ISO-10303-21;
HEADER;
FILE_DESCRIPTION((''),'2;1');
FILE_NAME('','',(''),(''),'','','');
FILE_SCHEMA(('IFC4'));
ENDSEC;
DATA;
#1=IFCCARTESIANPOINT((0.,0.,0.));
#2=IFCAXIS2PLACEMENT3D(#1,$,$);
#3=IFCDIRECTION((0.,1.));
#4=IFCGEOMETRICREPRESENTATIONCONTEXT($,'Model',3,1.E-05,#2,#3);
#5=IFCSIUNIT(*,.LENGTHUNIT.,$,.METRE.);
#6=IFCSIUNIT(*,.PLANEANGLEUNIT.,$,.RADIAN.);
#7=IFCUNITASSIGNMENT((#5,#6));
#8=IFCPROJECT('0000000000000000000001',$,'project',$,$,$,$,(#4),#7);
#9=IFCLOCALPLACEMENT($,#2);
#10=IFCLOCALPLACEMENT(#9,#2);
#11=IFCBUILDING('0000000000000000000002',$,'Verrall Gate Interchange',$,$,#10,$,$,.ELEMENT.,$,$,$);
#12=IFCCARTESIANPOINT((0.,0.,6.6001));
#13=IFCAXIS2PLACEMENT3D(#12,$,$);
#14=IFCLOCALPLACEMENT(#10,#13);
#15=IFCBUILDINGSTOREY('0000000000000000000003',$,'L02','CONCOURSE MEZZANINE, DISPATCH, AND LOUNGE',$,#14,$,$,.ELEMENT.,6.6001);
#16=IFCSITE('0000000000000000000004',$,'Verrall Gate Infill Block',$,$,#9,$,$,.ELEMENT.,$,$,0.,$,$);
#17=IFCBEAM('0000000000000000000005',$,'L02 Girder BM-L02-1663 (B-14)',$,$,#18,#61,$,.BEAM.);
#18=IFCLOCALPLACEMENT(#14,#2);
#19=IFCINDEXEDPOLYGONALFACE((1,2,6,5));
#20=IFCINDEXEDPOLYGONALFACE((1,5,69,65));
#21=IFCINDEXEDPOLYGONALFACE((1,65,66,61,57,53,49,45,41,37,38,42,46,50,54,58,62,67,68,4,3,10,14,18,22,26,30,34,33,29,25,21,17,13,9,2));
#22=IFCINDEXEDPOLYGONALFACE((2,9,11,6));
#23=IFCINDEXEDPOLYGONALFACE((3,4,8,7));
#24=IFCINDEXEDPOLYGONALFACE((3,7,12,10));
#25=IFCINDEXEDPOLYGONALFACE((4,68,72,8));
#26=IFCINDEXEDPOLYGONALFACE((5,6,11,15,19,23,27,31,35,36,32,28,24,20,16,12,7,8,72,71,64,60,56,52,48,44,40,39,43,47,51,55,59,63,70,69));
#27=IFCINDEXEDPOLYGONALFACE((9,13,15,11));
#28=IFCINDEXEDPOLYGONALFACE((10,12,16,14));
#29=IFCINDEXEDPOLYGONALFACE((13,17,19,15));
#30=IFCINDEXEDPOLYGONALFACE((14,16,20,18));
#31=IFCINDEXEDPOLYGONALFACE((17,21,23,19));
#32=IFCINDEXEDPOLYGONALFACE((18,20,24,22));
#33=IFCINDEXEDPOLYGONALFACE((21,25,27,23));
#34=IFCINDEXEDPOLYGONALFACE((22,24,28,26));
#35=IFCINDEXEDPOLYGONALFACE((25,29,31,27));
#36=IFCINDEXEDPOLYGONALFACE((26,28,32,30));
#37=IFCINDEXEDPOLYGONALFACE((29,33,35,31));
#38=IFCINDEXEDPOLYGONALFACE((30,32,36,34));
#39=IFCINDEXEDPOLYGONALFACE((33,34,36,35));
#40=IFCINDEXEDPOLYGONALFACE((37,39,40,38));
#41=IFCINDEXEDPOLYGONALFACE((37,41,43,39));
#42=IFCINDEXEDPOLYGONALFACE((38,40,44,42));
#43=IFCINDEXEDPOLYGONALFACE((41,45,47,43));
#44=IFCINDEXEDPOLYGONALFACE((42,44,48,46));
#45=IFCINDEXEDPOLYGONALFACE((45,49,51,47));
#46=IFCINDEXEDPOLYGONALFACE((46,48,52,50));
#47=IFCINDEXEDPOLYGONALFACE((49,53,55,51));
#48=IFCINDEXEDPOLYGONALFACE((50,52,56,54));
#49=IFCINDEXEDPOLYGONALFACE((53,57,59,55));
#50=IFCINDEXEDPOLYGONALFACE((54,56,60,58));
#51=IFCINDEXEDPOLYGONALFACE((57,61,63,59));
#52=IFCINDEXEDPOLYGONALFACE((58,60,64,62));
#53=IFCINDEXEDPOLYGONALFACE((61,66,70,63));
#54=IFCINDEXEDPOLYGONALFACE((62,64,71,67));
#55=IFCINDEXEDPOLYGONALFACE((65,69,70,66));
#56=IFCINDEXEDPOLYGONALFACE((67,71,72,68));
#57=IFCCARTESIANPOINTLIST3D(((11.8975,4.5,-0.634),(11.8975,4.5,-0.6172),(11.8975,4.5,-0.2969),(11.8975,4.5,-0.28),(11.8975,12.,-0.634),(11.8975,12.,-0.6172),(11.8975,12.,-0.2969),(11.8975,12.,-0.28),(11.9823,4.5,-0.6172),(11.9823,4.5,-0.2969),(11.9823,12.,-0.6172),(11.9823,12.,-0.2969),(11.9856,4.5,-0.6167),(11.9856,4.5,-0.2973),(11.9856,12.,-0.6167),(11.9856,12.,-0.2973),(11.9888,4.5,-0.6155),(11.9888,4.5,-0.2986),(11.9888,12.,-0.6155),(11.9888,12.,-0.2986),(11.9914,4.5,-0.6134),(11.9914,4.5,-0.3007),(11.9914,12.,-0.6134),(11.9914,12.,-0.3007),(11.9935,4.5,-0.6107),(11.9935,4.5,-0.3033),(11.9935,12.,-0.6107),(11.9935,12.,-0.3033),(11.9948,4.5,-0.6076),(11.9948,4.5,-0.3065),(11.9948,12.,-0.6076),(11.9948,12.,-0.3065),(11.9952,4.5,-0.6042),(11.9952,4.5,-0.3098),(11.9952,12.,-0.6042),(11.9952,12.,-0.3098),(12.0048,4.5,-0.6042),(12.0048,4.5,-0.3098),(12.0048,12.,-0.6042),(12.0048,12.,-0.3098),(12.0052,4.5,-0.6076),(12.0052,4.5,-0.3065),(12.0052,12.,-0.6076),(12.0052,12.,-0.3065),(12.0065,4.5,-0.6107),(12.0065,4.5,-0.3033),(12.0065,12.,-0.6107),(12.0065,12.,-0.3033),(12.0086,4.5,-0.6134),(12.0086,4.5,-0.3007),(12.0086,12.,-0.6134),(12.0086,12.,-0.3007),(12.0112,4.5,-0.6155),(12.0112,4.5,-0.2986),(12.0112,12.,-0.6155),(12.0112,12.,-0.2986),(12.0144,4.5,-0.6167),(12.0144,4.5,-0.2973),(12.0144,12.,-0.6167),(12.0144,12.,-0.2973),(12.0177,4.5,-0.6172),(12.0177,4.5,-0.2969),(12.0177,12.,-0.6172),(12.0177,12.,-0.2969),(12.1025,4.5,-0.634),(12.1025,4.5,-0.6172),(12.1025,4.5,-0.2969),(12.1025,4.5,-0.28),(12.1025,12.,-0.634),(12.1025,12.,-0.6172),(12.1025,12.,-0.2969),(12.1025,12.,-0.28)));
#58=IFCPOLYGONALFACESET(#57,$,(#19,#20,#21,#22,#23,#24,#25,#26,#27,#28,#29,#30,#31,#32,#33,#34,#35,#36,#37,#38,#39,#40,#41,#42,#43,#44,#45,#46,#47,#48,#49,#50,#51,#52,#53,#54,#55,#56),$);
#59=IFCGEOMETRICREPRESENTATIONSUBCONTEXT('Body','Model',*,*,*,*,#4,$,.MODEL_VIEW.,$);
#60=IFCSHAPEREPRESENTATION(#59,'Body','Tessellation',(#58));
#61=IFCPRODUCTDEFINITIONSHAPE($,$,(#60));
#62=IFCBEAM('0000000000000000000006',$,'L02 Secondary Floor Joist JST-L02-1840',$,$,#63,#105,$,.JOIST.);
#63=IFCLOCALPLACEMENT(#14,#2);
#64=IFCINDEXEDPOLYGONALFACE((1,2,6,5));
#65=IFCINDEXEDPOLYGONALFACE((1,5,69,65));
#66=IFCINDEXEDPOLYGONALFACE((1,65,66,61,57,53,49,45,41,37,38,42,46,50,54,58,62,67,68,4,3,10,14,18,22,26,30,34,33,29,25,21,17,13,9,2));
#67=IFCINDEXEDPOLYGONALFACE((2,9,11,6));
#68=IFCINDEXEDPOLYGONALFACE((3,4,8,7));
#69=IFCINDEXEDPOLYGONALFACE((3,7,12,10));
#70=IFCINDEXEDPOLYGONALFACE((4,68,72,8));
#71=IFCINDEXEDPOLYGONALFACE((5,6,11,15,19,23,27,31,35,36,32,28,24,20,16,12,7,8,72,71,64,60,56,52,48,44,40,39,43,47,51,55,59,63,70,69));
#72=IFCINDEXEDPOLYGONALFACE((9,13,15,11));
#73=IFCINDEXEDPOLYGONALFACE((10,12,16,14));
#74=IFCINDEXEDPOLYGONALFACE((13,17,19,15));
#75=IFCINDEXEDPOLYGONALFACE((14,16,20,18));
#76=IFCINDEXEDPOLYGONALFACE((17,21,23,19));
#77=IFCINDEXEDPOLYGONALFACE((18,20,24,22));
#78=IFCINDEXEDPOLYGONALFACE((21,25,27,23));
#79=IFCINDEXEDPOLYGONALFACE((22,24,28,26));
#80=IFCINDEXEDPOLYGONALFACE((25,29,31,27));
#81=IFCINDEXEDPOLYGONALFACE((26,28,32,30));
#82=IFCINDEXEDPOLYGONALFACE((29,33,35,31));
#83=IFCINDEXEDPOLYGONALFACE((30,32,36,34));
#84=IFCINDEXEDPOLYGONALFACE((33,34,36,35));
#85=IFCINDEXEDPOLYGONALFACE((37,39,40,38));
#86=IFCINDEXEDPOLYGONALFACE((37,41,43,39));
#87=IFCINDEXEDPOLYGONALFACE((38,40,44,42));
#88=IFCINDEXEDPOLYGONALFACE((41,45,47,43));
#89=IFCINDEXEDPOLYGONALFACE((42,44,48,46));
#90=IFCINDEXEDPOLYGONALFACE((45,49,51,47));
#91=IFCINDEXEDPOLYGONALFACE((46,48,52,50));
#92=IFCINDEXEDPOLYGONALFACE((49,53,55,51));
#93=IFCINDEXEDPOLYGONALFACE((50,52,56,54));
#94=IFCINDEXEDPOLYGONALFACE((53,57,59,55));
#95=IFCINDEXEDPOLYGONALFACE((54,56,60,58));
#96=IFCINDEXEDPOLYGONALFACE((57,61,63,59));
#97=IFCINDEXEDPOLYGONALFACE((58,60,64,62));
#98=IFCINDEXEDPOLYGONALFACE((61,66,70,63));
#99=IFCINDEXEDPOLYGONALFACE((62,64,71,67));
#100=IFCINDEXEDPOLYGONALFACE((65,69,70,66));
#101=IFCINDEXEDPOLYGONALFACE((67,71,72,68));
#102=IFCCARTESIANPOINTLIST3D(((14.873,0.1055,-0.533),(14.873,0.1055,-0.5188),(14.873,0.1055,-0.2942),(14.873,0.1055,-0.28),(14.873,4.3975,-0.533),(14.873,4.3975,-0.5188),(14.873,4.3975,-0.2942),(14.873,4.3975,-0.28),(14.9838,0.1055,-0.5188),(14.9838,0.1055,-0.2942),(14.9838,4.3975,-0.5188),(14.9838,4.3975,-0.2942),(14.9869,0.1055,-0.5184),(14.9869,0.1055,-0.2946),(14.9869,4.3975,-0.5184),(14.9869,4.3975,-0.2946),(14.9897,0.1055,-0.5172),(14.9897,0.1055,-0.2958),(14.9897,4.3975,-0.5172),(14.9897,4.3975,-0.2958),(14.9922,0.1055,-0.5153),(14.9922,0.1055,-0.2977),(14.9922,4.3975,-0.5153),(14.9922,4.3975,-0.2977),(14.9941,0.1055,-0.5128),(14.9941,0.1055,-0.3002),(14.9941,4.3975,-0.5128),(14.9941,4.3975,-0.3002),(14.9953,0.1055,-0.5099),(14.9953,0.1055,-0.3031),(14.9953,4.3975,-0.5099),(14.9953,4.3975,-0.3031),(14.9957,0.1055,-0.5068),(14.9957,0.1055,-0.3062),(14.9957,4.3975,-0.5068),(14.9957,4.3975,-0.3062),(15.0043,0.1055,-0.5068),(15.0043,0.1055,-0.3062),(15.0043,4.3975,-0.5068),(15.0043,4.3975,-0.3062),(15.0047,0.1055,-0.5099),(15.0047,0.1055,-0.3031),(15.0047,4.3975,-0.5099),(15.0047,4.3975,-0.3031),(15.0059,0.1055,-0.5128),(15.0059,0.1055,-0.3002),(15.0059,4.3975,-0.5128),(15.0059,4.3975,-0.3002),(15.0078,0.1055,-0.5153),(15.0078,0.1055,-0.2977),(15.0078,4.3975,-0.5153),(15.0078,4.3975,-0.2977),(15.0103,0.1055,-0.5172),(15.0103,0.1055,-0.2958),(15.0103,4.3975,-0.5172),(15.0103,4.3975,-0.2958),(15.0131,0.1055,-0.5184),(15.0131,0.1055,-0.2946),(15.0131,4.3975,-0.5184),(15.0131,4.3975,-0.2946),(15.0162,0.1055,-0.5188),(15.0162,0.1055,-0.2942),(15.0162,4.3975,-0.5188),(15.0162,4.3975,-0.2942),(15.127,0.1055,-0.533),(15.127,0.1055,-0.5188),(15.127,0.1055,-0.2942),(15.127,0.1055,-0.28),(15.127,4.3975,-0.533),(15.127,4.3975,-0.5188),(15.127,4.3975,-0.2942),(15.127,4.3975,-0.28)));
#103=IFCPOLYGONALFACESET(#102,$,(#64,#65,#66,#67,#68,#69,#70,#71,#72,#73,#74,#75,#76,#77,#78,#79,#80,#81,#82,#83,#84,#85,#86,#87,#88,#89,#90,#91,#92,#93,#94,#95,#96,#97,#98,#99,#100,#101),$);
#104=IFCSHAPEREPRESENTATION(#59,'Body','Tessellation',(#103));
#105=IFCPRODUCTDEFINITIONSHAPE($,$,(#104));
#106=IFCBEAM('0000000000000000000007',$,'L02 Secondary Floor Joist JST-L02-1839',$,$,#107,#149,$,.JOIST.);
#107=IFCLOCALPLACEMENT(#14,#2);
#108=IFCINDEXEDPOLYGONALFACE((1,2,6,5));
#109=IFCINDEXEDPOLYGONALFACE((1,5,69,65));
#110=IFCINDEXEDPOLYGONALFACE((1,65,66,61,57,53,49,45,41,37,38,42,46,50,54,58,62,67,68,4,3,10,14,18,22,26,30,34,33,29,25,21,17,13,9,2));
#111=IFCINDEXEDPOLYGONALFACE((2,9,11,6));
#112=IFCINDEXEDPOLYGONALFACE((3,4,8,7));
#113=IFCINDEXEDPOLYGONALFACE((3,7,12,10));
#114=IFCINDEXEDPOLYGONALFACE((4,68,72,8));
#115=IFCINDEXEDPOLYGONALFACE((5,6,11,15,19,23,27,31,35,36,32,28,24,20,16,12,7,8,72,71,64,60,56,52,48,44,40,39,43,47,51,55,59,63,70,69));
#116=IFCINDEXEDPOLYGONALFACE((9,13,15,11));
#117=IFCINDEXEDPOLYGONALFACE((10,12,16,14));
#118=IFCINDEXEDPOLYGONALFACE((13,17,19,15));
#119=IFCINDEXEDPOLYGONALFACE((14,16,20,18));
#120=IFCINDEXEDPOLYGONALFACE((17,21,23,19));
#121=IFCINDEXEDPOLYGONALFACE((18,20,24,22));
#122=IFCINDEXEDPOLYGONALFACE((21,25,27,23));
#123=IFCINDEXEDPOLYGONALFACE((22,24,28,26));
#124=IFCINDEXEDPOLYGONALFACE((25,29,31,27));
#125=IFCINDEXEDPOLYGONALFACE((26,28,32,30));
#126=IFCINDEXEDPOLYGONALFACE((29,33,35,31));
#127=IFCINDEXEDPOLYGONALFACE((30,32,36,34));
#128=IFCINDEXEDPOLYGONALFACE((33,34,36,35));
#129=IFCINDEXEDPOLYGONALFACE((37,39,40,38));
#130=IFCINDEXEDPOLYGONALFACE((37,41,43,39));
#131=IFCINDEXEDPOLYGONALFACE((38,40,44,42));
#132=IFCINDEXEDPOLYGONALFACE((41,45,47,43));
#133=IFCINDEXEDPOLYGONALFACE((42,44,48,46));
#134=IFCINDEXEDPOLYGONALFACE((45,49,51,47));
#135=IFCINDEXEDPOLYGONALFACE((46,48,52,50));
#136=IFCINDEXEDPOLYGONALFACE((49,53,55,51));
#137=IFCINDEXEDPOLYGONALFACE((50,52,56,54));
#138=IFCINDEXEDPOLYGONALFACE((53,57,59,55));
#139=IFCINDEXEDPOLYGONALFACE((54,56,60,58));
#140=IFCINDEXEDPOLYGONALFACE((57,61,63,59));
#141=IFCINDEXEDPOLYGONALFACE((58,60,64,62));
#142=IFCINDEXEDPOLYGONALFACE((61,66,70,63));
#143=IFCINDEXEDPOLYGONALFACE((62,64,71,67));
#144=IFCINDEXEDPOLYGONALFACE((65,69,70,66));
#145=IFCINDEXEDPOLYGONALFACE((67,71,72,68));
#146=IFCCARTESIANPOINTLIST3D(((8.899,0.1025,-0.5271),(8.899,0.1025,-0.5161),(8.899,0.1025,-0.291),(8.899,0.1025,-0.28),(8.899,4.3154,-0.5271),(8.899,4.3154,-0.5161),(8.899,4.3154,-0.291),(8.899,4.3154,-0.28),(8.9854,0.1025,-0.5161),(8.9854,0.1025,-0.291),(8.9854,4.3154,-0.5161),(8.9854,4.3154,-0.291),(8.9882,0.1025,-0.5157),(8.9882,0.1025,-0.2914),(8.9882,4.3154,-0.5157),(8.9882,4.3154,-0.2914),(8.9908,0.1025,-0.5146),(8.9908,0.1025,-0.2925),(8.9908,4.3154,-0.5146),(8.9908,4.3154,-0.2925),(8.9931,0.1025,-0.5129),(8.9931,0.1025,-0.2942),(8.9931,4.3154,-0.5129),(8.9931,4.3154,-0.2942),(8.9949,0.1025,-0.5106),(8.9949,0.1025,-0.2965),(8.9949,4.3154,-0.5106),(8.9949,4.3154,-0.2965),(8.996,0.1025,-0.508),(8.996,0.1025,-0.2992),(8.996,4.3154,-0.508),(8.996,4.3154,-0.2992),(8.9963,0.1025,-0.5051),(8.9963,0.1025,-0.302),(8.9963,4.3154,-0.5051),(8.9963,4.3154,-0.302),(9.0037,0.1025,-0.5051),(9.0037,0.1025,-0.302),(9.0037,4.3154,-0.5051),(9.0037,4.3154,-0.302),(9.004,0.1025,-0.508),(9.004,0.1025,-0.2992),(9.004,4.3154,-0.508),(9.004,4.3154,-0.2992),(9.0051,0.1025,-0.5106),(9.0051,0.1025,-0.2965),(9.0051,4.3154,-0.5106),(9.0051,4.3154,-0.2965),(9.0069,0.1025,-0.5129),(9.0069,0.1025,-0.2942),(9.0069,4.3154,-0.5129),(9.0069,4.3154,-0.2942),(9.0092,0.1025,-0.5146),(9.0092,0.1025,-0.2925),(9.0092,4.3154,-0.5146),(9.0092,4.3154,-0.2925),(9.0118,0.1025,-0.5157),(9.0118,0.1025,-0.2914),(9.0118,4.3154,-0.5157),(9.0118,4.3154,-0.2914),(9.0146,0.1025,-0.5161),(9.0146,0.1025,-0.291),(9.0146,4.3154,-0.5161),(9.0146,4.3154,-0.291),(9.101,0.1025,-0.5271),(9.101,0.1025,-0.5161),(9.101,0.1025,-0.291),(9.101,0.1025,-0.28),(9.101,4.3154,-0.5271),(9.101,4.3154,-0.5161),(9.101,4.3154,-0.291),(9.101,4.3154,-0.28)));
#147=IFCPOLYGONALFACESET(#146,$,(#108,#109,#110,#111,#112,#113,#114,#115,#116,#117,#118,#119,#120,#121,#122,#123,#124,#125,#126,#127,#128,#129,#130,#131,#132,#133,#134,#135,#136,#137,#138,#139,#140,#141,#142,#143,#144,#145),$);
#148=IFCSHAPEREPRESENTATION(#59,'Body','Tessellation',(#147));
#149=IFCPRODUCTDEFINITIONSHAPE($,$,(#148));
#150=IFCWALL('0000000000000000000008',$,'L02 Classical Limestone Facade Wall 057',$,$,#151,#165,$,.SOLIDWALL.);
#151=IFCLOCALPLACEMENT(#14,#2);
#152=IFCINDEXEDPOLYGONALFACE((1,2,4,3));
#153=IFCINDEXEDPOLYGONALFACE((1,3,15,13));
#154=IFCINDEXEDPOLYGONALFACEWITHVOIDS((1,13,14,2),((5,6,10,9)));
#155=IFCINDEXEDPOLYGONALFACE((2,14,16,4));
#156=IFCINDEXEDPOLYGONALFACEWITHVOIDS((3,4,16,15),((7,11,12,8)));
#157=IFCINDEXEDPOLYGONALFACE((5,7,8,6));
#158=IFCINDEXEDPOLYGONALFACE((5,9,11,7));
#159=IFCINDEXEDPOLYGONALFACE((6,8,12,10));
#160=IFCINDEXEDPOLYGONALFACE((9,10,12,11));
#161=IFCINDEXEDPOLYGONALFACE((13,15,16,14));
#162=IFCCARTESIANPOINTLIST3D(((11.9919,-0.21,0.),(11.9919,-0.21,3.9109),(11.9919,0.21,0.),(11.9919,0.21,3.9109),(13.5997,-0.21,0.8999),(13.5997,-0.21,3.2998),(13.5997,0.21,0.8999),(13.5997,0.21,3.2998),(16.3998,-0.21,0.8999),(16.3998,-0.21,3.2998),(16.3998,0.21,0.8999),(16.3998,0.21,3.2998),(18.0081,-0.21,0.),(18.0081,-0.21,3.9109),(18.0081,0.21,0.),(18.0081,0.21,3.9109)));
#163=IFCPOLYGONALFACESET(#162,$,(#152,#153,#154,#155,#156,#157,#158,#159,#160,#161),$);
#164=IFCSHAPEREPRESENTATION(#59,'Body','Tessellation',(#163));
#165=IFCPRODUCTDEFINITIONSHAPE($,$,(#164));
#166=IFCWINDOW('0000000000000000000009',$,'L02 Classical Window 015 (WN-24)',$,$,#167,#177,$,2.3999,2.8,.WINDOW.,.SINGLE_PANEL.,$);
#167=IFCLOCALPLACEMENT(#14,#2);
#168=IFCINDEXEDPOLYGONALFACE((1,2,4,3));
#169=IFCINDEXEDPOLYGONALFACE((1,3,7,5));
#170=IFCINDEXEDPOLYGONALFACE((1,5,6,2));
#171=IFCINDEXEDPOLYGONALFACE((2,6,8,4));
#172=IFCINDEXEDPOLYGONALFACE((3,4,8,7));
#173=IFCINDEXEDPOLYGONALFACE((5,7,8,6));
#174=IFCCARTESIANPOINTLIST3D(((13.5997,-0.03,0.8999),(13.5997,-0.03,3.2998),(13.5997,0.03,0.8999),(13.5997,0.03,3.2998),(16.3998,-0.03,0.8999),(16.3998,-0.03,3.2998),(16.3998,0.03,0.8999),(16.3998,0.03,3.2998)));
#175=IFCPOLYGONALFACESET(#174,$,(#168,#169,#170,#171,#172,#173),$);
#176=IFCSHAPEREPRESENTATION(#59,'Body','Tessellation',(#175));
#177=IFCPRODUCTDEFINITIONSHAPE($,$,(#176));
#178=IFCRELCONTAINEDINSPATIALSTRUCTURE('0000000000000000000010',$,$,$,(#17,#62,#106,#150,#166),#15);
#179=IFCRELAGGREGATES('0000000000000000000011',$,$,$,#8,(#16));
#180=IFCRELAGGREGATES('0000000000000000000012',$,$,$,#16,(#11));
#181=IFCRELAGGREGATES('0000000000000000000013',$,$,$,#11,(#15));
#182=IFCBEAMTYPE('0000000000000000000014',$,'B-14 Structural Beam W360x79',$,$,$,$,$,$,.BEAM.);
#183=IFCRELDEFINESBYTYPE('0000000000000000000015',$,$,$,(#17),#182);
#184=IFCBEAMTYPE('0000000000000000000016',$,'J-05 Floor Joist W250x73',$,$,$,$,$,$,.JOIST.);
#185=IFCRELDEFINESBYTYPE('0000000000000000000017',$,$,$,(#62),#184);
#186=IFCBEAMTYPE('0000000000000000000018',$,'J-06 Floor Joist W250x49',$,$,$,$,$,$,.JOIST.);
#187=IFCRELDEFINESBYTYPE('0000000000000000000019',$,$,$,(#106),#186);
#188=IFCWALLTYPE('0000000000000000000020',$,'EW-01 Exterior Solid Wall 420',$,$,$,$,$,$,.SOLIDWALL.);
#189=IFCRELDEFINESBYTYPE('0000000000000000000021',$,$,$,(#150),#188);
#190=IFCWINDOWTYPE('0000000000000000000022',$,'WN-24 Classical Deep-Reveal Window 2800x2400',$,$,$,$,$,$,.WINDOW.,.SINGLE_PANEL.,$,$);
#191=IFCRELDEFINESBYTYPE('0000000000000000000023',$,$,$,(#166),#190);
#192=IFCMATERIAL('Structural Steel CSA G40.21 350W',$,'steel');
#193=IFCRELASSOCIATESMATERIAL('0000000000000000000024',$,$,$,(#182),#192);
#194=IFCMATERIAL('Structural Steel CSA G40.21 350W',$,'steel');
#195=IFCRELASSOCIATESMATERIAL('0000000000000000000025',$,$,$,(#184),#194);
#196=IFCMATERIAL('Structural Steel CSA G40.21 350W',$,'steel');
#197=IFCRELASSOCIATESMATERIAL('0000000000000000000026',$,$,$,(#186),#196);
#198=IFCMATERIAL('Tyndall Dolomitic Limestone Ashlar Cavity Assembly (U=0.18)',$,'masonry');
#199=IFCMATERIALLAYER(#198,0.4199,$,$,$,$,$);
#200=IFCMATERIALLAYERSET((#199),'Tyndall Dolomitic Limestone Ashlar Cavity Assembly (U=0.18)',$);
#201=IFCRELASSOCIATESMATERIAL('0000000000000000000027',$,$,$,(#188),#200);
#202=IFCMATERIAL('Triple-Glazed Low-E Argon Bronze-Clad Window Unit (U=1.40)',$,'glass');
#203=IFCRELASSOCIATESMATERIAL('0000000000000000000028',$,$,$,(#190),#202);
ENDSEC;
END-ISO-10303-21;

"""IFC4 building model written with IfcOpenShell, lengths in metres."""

from ifc_helpers import new_model, si_unit, direction, frame, frame_2d, origin, origin_2d, place, context, subcontext, project, spatial, rectangle, i_section, extrude, material, layer, layer_set, material_profile, profile_set, type_object, element, fill, save


model = new_model("IFC4")

# Units and contexts
model_context = context("Model", 3, precision=1e-05, world=origin(), true_north=direction((0.0, 1.0)))
body_context = subcontext(model_context, "Body", "Model", "MODEL_VIEW")
ifc_project = project(units=[si_unit("LENGTHUNIT", "METRE"), si_unit("PLANEANGLEUNIT", "RADIAN")], contexts=[model_context])

# Site, building, storey
site_placement = place(None, origin())
site = spatial("IfcSite", under=ifc_project, at=site_placement, Name="Verrall Gate Infill Block", CompositionType="ELEMENT", RefElevation=0.0)
building_placement = place(site_placement, origin())
building = spatial("IfcBuilding", under=site, at=building_placement, Name="Verrall Gate Interchange", CompositionType="ELEMENT")
storey_placement = place(building_placement, frame((0.0, 0.0, 6.6001)))
storey = spatial("IfcBuildingStorey", under=building, at=storey_placement, Name="L02", Description="CONCOURSE MEZZANINE, DISPATCH, AND LOUNGE", CompositionType="ELEMENT", Elevation=6.6001)

# Beams
ifc_material_1 = material(Name="Structural Steel CSA G40.21 350W", Category="steel")
ifc_material_profile_1 = material_profile(ifc_material_1, i_section(OverallWidth=0.2051, OverallDepth=0.354, WebThickness=0.0095, FlangeThickness=0.0168, FilletRadius=0.0129, at=origin_2d()), Name="W360x79")
ifc_profile_set_1 = profile_set([ifc_material_profile_1], Name="Structural Steel CSA G40.21 350W")
beam_type_1 = type_object("IfcBeamType", Name="B-14 Structural Beam W360x79", PredefinedType="BEAM", material=ifc_profile_set_1)
beam_1_placement = place(storey_placement, frame((12.0, 4.5, -0.457), z_axis=(0.0, 1.0, 0.0), x_axis=(-1.0, 0.0, 0.0)))
element("IfcBeam", 1, at=beam_1_placement, inside=storey, type_object=beam_type_1, Name="L02 Girder BM-L02-1663 (B-14)", PredefinedType="BEAM", context=body_context, shape_type="SweptSolid", body=[
    extrude(i_section(OverallWidth=0.2051, OverallDepth=0.354, WebThickness=0.0095, FlangeThickness=0.0168, FilletRadius=0.0129, at=origin_2d()), origin(), (0.0, 0.0, 1.0), 7.5),
])
ifc_material_2 = material(Name="Structural Steel CSA G40.21 350W", Category="steel")
ifc_material_profile_2 = material_profile(ifc_material_2, i_section(OverallWidth=0.2539, OverallDepth=0.2529, WebThickness=0.0085, FlangeThickness=0.0142, FilletRadius=0.012, at=origin_2d()), Name="W250x73")
ifc_profile_set_2 = profile_set([ifc_material_profile_2], Name="Structural Steel CSA G40.21 350W")
beam_type_2 = type_object("IfcBeamType", Name="J-05 Floor Joist W250x73", PredefinedType="JOIST", material=ifc_profile_set_2)
beam_2_placement = place(storey_placement, frame((15.0, 0.1055, -0.4065), z_axis=(0.0, 1.0, 0.0), x_axis=(-1.0, 0.0, 0.0)))
element("IfcBeam", 2, at=beam_2_placement, inside=storey, type_object=beam_type_2, Name="L02 Secondary Floor Joist JST-L02-1840", PredefinedType="JOIST", context=body_context, shape_type="SweptSolid", body=[
    extrude(i_section(OverallWidth=0.2539, OverallDepth=0.2529, WebThickness=0.0085, FlangeThickness=0.0142, FilletRadius=0.012, at=origin_2d()), origin(), (0.0, 0.0, 1.0), 4.292),
])
ifc_material_3 = material(Name="Structural Steel CSA G40.21 350W", Category="steel")
ifc_material_profile_3 = material_profile(ifc_material_3, i_section(OverallWidth=0.2019, OverallDepth=0.2471, WebThickness=0.0073, FlangeThickness=0.011, FilletRadius=0.011, at=origin_2d()), Name="W250x49")
ifc_profile_set_3 = profile_set([ifc_material_profile_3], Name="Structural Steel CSA G40.21 350W")
beam_type_3 = type_object("IfcBeamType", Name="J-06 Floor Joist W250x49", PredefinedType="JOIST", material=ifc_profile_set_3)
beam_3_placement = place(storey_placement, frame((9.0, 0.1025, -0.4036), z_axis=(0.0, 1.0, 0.0), x_axis=(-1.0, 0.0, 0.0)))
element("IfcBeam", 3, at=beam_3_placement, inside=storey, type_object=beam_type_3, Name="L02 Secondary Floor Joist JST-L02-1839", PredefinedType="JOIST", context=body_context, shape_type="SweptSolid", body=[
    extrude(i_section(OverallWidth=0.2019, OverallDepth=0.2471, WebThickness=0.0073, FlangeThickness=0.011, FilletRadius=0.011, at=origin_2d()), origin(), (0.0, 0.0, 1.0), 4.2129),
])

# Wall, opening, window
ifc_material_4 = material(Name="Tyndall Dolomitic Limestone Ashlar Cavity Assembly (U=0.18)", Category="masonry")
ifc_layer_1 = layer(ifc_material_4, 0.4199)
ifc_layer_set_1 = layer_set([ifc_layer_1], Name="Tyndall Dolomitic Limestone Ashlar Cavity Assembly (U=0.18)")
wall_type_1 = type_object("IfcWallType", Name="EW-01 Exterior Solid Wall 420", PredefinedType="SOLIDWALL", material=ifc_layer_set_1)
wall_1_placement = place(storey_placement, frame((11.9919, 0.0, 0.0), z_axis=(0.0, 0.0, 1.0), x_axis=(1.0, 0.0, 0.0)))
wall_1 = element("IfcWall", 4, at=wall_1_placement, inside=storey, type_object=wall_type_1, Name="L02 Classical Limestone Facade Wall 057", PredefinedType="SOLIDWALL", context=body_context, shape_type="SweptSolid", body=[
    extrude(rectangle(XDim=6.0161, YDim=0.4199, at=frame_2d((3.0081, 0.0))), origin(), (0.0, 0.0, 1.0), 3.9109),
])
opening_1_placement = place(wall_1_placement, frame((1.6079, 0.0, 0.8999)))
opening_1 = element("IfcOpeningElement", 5, at=opening_1_placement, cuts=wall_1, PredefinedType="OPENING", context=body_context, shape_type="SweptSolid", body=[
    extrude(rectangle(XDim=2.8, YDim=2.3999, at=frame_2d((1.3999, 1.2))), frame((0.0, 0.2249, 0.0), z_axis=(0.0, -1.0, 0.0), x_axis=(1.0, 0.0, 0.0)), (0.0, 0.0, 1.0), 0.4497),
])
ifc_material_5 = material(Name="Triple-Glazed Low-E Argon Bronze-Clad Window Unit (U=1.40)", Category="glass")
window_type_1 = type_object("IfcWindowType", Name="WN-24 Classical Deep-Reveal Window 2800x2400", PartitioningType="SINGLE_PANEL", PredefinedType="WINDOW", material=ifc_material_5)
window_1_placement = place(opening_1_placement, origin())
window_1 = element("IfcWindow", 6, at=window_1_placement, inside=storey, type_object=window_type_1, Name="L02 Classical Window 015 (WN-24)", OverallHeight=2.3999, OverallWidth=2.8, PartitioningType="SINGLE_PANEL", PredefinedType="WINDOW", context=body_context, shape_type="SweptSolid", body=[
    extrude(rectangle(XDim=2.8, YDim=2.3999, at=frame_2d((1.3999, 1.2))), frame((0.0, 0.03, 0.0), z_axis=(0.0, -1.0, 0.0), x_axis=(1.0, 0.0, 0.0)), (0.0, 0.0, 1.0), 0.0601),
])
fill(opening_1, window_1)

save(model, "model.ifc")
